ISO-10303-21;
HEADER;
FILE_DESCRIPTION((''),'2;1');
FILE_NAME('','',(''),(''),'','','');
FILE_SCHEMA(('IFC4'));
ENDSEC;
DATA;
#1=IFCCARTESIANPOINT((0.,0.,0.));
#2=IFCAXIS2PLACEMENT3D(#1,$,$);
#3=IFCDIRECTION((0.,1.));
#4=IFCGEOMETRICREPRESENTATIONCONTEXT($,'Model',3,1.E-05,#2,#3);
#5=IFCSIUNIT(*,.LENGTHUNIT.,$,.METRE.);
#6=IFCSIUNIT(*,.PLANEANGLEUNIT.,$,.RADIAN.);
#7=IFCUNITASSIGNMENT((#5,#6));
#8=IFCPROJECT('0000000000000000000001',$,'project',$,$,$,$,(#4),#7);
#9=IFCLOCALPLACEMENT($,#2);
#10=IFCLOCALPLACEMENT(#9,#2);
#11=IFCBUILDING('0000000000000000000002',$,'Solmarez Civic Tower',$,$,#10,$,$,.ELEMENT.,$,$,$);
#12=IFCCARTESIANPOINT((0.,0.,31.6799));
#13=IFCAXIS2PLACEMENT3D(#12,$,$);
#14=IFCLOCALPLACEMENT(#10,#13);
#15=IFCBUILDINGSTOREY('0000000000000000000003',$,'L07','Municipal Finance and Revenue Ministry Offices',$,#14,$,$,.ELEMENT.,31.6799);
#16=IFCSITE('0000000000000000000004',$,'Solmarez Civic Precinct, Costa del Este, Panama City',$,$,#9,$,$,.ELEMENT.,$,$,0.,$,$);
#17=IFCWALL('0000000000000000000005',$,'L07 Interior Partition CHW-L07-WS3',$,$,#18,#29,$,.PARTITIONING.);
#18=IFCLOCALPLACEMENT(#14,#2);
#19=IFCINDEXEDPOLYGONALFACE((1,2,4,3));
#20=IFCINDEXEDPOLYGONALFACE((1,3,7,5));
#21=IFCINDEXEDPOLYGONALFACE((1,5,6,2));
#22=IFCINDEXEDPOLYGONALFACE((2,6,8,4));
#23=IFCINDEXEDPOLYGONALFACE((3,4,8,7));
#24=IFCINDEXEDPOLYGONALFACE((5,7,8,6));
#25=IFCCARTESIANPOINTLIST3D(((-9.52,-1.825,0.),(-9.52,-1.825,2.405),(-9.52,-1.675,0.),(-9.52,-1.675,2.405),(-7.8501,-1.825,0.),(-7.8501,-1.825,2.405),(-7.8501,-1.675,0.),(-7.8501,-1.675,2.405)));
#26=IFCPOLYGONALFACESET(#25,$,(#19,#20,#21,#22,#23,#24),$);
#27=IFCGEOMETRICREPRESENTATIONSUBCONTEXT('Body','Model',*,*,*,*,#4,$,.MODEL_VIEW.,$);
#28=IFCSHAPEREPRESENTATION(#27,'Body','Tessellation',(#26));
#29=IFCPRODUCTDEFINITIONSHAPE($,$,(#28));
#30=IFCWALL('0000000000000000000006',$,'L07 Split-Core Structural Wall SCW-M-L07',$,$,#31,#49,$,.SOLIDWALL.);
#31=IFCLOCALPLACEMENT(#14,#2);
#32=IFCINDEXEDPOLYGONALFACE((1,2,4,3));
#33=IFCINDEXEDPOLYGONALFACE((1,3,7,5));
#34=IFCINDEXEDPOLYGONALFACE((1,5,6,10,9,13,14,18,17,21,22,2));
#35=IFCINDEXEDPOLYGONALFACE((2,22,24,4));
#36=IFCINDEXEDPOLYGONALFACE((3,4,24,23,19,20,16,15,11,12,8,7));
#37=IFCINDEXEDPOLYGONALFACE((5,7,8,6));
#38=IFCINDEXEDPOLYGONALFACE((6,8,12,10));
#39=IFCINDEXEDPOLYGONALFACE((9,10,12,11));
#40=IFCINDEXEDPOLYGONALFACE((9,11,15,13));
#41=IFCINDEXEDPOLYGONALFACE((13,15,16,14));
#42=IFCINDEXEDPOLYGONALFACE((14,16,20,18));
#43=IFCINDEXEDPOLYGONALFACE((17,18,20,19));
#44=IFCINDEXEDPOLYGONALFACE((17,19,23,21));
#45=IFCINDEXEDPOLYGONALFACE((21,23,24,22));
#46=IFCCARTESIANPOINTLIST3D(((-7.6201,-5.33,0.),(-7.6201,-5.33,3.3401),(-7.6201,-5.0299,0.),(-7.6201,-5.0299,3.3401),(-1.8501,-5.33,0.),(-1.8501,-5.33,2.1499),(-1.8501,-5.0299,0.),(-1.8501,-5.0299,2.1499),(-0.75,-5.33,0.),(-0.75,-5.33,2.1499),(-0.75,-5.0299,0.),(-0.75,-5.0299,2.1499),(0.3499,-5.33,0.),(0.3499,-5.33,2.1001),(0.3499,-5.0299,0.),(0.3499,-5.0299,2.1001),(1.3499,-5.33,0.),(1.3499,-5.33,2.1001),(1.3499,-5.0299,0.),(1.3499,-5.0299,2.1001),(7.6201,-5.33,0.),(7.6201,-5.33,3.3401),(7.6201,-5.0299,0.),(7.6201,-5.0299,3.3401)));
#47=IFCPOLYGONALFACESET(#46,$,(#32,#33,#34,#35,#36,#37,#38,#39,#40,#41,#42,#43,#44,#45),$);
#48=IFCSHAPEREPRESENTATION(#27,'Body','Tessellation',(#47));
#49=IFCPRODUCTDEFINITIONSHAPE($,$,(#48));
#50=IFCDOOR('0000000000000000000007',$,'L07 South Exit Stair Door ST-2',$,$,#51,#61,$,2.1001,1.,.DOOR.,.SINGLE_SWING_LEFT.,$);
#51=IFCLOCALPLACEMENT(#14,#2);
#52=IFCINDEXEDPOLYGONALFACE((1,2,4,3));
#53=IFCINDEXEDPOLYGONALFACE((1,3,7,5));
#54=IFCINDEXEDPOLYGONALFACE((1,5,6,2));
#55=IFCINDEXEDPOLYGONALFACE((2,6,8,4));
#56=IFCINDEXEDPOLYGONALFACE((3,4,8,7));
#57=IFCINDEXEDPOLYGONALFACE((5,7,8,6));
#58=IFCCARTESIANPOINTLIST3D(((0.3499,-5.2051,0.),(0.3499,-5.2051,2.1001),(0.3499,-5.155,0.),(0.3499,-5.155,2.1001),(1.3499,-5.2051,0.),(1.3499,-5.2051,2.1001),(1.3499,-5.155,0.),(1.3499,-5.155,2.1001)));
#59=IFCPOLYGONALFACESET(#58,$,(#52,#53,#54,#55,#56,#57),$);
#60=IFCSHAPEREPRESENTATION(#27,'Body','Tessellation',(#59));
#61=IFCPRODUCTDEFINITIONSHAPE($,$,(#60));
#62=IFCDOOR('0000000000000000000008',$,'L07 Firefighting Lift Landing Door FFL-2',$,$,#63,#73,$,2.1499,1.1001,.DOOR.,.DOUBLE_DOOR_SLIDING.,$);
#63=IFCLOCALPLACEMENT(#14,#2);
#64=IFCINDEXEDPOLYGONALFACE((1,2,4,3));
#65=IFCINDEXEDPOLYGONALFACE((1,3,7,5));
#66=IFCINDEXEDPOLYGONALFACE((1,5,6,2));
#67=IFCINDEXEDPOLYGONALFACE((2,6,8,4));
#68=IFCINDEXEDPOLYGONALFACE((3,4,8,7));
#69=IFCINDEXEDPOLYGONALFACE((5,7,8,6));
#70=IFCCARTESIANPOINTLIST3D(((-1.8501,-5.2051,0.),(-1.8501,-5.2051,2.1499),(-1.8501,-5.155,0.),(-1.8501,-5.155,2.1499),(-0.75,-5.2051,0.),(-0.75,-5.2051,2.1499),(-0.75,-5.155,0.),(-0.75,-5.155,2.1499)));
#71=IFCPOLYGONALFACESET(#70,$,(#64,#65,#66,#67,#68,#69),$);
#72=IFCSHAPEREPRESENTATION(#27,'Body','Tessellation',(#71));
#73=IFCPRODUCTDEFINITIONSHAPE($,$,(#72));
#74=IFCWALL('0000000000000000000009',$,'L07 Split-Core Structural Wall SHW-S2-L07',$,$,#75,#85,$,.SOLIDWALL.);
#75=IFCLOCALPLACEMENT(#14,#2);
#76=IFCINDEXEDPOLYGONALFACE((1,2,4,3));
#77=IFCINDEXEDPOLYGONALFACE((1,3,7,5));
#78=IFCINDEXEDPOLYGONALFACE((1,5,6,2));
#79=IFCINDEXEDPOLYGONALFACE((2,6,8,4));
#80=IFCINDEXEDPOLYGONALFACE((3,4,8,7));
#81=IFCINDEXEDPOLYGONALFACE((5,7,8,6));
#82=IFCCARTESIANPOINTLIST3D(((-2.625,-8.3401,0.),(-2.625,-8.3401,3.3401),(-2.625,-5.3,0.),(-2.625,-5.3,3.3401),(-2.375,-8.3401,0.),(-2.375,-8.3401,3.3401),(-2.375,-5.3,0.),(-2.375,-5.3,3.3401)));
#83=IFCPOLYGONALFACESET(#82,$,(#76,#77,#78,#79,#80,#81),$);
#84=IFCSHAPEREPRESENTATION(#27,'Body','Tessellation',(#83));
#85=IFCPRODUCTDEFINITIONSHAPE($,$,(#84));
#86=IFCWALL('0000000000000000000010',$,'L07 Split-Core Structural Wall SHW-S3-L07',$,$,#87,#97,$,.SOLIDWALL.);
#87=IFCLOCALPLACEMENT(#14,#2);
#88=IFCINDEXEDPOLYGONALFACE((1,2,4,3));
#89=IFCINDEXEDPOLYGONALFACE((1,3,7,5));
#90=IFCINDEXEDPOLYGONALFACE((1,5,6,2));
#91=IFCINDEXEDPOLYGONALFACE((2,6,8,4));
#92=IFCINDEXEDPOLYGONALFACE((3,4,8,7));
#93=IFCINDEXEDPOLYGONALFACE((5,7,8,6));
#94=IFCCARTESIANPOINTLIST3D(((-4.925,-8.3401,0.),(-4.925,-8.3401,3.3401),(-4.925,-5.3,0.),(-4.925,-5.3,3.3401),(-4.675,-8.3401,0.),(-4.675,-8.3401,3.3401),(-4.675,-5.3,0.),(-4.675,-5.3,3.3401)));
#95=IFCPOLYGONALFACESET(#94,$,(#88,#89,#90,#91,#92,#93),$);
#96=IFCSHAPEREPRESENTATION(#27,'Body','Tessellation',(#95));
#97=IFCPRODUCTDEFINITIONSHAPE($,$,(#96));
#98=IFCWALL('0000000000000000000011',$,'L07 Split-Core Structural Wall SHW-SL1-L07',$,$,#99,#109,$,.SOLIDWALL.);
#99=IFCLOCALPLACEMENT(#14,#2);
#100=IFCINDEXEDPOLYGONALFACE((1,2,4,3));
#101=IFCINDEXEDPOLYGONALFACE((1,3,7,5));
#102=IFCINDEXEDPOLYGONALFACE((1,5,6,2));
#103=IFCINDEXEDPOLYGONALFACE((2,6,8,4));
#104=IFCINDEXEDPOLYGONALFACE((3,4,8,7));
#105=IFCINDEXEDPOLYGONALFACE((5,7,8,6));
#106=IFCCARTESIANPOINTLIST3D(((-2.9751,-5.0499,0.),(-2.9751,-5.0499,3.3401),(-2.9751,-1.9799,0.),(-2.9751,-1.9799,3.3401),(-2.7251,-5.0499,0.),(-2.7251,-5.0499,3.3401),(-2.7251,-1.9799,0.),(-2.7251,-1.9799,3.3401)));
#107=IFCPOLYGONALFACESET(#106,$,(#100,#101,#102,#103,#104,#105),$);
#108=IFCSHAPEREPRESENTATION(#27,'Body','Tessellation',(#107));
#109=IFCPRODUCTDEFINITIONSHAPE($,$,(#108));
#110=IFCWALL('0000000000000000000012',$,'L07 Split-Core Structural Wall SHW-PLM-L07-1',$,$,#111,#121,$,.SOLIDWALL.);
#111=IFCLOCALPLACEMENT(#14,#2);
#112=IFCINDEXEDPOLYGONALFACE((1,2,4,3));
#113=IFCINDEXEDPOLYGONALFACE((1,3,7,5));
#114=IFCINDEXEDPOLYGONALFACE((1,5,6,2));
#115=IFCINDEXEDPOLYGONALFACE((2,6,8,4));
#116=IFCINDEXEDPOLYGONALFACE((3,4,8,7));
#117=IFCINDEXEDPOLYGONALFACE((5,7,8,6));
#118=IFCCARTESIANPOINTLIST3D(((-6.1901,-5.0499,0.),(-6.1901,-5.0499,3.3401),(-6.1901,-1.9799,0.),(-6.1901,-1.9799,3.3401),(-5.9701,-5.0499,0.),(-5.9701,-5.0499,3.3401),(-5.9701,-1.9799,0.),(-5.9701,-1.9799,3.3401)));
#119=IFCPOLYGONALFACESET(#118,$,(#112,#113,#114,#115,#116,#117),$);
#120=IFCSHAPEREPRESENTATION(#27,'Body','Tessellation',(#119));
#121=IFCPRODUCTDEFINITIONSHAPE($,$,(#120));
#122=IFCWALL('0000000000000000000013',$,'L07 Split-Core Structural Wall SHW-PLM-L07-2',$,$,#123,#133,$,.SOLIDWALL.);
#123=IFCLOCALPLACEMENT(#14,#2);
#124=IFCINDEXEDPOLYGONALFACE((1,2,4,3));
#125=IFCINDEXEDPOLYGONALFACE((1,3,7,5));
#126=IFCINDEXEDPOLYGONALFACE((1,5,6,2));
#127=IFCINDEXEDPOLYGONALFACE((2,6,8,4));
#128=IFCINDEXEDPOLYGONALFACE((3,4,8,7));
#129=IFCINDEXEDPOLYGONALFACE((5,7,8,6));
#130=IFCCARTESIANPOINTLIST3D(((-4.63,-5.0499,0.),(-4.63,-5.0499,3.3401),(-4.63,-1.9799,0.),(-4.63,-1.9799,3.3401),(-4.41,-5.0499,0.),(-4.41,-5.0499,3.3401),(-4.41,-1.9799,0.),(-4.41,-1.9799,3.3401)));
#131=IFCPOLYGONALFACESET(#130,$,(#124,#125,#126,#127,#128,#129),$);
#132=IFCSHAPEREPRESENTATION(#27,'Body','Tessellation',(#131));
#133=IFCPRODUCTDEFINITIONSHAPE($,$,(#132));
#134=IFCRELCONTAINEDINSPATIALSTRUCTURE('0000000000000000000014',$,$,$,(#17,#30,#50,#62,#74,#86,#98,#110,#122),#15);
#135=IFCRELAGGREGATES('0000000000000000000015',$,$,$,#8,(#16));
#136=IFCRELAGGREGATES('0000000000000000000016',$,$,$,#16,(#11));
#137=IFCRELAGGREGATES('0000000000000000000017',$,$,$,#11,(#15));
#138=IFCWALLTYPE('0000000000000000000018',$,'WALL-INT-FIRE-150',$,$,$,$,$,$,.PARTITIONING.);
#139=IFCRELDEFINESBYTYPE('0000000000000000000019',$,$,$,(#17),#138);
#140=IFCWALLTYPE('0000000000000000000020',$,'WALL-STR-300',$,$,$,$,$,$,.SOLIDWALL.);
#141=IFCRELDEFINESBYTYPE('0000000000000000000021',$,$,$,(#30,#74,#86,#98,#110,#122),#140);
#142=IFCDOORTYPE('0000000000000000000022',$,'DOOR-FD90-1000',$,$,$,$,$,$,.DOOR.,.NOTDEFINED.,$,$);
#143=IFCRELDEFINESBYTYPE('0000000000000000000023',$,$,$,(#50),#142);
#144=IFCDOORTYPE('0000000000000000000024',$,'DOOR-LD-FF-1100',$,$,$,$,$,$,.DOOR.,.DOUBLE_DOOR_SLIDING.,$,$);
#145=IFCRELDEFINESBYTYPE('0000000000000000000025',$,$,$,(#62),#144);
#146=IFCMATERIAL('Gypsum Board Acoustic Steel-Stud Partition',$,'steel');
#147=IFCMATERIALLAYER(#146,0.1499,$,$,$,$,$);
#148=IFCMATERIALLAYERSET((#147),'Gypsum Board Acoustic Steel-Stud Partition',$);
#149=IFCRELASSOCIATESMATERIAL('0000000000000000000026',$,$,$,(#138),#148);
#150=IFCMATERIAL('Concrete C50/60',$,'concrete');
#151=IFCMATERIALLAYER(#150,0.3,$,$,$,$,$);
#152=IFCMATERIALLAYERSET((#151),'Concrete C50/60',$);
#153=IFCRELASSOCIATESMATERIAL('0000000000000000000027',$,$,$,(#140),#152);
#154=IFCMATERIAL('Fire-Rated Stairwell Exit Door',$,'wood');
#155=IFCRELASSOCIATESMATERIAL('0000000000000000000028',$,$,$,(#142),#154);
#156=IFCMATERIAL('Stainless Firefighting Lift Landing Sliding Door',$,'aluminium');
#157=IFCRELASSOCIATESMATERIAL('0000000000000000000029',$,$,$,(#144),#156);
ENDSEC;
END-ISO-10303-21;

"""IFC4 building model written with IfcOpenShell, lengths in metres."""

from ifc_helpers import new_model, si_unit, direction, frame, frame_2d, origin, place, context, subcontext, project, spatial, rectangle, extrude, material, layer, layer_set, type_object, element, fill, save


model = new_model("IFC4")

# Units and contexts
model_context = context("Model", 3, precision=1e-05, world=origin(), true_north=direction((0.0, 1.0)))
body_context = subcontext(model_context, "Body", "Model", "MODEL_VIEW")
ifc_project = project(units=[si_unit("LENGTHUNIT", "METRE"), si_unit("PLANEANGLEUNIT", "RADIAN")], contexts=[model_context])

# Site, building, storey
site_placement = place(None, origin())
site = spatial("IfcSite", under=ifc_project, at=site_placement, Name="Solmarez Civic Precinct, Costa del Este, Panama City", CompositionType="ELEMENT", RefElevation=0.0)
building_placement = place(site_placement, origin())
building = spatial("IfcBuilding", under=site, at=building_placement, Name="Solmarez Civic Tower", CompositionType="ELEMENT")
storey_placement = place(building_placement, frame((0.0, 0.0, 31.6799)))
storey = spatial("IfcBuildingStorey", under=building, at=storey_placement, Name="L07", Description="Municipal Finance and Revenue Ministry Offices", CompositionType="ELEMENT", Elevation=31.6799)

# Wall
ifc_material_1 = material(Name="Gypsum Board Acoustic Steel-Stud Partition", Category="steel")
ifc_layer_1 = layer(ifc_material_1, 0.1499)
ifc_layer_set_1 = layer_set([ifc_layer_1], Name="Gypsum Board Acoustic Steel-Stud Partition")
wall_type_1 = type_object("IfcWallType", Name="WALL-INT-FIRE-150", PredefinedType="PARTITIONING", material=ifc_layer_set_1)
wall_1_placement = place(storey_placement, frame((-7.8501, -1.75, 0.0), z_axis=(0.0, 0.0, 1.0), x_axis=(-1.0, 0.0, 0.0)))
element("IfcWall", 1, at=wall_1_placement, inside=storey, type_object=wall_type_1, Name="L07 Interior Partition CHW-L07-WS3", PredefinedType="PARTITIONING", context=body_context, shape_type="SweptSolid", body=[
    extrude(rectangle(XDim=1.6699, YDim=0.1499, at=frame_2d((0.835, 0.0))), origin(), (0.0, 0.0, 1.0), 2.405),
])

# Wall, openings, doors
ifc_material_2 = material(Name="Concrete C50/60", Category="concrete")
ifc_layer_2 = layer(ifc_material_2, 0.3)
ifc_layer_set_2 = layer_set([ifc_layer_2], Name="Concrete C50/60")
wall_type_2 = type_object("IfcWallType", Name="WALL-STR-300", PredefinedType="SOLIDWALL", material=ifc_layer_set_2)
wall_2_placement = place(storey_placement, frame((-7.6201, -5.1799, 0.0), z_axis=(0.0, 0.0, 1.0), x_axis=(1.0, 0.0, 0.0)))
wall_2 = element("IfcWall", 2, at=wall_2_placement, inside=storey, type_object=wall_type_2, Name="L07 Split-Core Structural Wall SCW-M-L07", PredefinedType="SOLIDWALL", context=body_context, shape_type="SweptSolid", body=[
    extrude(rectangle(XDim=15.2402, YDim=0.3, at=frame_2d((7.6201, 0.0))), origin(), (0.0, 0.0, 1.0), 3.3401),
])
opening_1_placement = place(wall_2_placement, frame((5.77, 0.0, 0.0)))
opening_1 = element("IfcOpeningElement", 3, at=opening_1_placement, cuts=wall_2, PredefinedType="OPENING", context=body_context, shape_type="SweptSolid", body=[
    extrude(rectangle(XDim=1.1001, YDim=2.1499, at=frame_2d((0.55, 1.075))), frame((0.0, 0.1599, 0.0), z_axis=(0.0, -1.0, 0.0), x_axis=(1.0, 0.0, 0.0)), (0.0, 0.0, 1.0), 0.3201),
])
opening_2_placement = place(wall_2_placement, frame((7.97, 0.0, 0.0)))
opening_2 = element("IfcOpeningElement", 4, at=opening_2_placement, cuts=wall_2, PredefinedType="OPENING", context=body_context, shape_type="SweptSolid", body=[
    extrude(rectangle(XDim=1.0, YDim=2.1001, at=frame_2d((0.5, 1.05))), frame((0.0, 0.1599, 0.0), z_axis=(0.0, -1.0, 0.0), x_axis=(1.0, 0.0, 0.0)), (0.0, 0.0, 1.0), 0.3201),
])
ifc_material_3 = material(Name="Fire-Rated Stairwell Exit Door", Category="wood")
door_type_1 = type_object("IfcDoorType", Name="DOOR-FD90-1000", OperationType="NOTDEFINED", PredefinedType="DOOR", material=ifc_material_3)
door_1_placement = place(opening_2_placement, origin())
door_1 = element("IfcDoor", 5, at=door_1_placement, inside=storey, type_object=door_type_1, Name="L07 South Exit Stair Door ST-2", OperationType="SINGLE_SWING_LEFT", OverallHeight=2.1001, OverallWidth=1.0, PredefinedType="DOOR", context=body_context, shape_type="SweptSolid", body=[
    extrude(rectangle(XDim=1.0, YDim=2.1001, at=frame_2d((0.5, 1.05))), frame((0.0, 0.0249, 0.0), z_axis=(0.0, -1.0, 0.0), x_axis=(1.0, 0.0, 0.0)), (0.0, 0.0, 1.0), 0.05),
])
fill(opening_2, door_1)
ifc_material_4 = material(Name="Stainless Firefighting Lift Landing Sliding Door", Category="aluminium")
door_type_2 = type_object("IfcDoorType", Name="DOOR-LD-FF-1100", OperationType="DOUBLE_DOOR_SLIDING", PredefinedType="DOOR", material=ifc_material_4)
door_2_placement = place(opening_1_placement, origin())
door_2 = element("IfcDoor", 6, at=door_2_placement, inside=storey, type_object=door_type_2, Name="L07 Firefighting Lift Landing Door FFL-2", OperationType="DOUBLE_DOOR_SLIDING", OverallHeight=2.1499, OverallWidth=1.1001, PredefinedType="DOOR", context=body_context, shape_type="SweptSolid", body=[
    extrude(rectangle(XDim=1.1001, YDim=2.1499, at=frame_2d((0.55, 1.075))), frame((0.0, 0.0249, 0.0), z_axis=(0.0, -1.0, 0.0), x_axis=(1.0, 0.0, 0.0)), (0.0, 0.0, 1.0), 0.05),
])
fill(opening_1, door_2)

# Walls
for number, where, z_axis, x_axis, name in (
    (7, (-2.5, -8.3401, 0.0), (0.0, 0.0, 1.0), (0.0, 1.0, 0.0), "L07 Split-Core Structural Wall SHW-S2-L07"),
    (8, (-4.8, -8.3401, 0.0), (0.0, 0.0, 1.0), (0.0, 1.0, 0.0), "L07 Split-Core Structural Wall SHW-S3-L07"),
):
    element("IfcWall", number, at=place(storey_placement, frame(where, z_axis=z_axis, x_axis=x_axis)), inside=storey, type_object=wall_type_2, Name=name, PredefinedType="SOLIDWALL", context=body_context, shape_type="SweptSolid", body=[
        extrude(rectangle(XDim=3.04, YDim=0.25, at=frame_2d((1.52, 0.0))), origin(), (0.0, 0.0, 1.0), 3.3401),
    ])
wall_3_placement = place(storey_placement, frame((-2.8501, -5.05, 0.0), z_axis=(0.0, 0.0, 1.0), x_axis=(0.0, 1.0, 0.0)))
element("IfcWall", 9, at=wall_3_placement, inside=storey, type_object=wall_type_2, Name="L07 Split-Core Structural Wall SHW-SL1-L07", PredefinedType="SOLIDWALL", context=body_context, shape_type="SweptSolid", body=[
    extrude(rectangle(XDim=3.0701, YDim=0.25, at=frame_2d((1.5352, 0.0))), origin(), (0.0, 0.0, 1.0), 3.3401),
])
for number, where, z_axis, x_axis, name in (
    (10, (-6.0801, -5.05, 0.0), (0.0, 0.0, 1.0), (0.0, 1.0, 0.0), "L07 Split-Core Structural Wall SHW-PLM-L07-1"),
    (11, (-4.52, -5.05, 0.0), (0.0, 0.0, 1.0), (0.0, 1.0, 0.0), "L07 Split-Core Structural Wall SHW-PLM-L07-2"),
):
    element("IfcWall", number, at=place(storey_placement, frame(where, z_axis=z_axis, x_axis=x_axis)), inside=storey, type_object=wall_type_2, Name=name, PredefinedType="SOLIDWALL", context=body_context, shape_type="SweptSolid", body=[
        extrude(rectangle(XDim=3.0701, YDim=0.22, at=frame_2d((1.5352, 0.0))), origin(), (0.0, 0.0, 1.0), 3.3401),
    ])

save(model, "model.ifc")
